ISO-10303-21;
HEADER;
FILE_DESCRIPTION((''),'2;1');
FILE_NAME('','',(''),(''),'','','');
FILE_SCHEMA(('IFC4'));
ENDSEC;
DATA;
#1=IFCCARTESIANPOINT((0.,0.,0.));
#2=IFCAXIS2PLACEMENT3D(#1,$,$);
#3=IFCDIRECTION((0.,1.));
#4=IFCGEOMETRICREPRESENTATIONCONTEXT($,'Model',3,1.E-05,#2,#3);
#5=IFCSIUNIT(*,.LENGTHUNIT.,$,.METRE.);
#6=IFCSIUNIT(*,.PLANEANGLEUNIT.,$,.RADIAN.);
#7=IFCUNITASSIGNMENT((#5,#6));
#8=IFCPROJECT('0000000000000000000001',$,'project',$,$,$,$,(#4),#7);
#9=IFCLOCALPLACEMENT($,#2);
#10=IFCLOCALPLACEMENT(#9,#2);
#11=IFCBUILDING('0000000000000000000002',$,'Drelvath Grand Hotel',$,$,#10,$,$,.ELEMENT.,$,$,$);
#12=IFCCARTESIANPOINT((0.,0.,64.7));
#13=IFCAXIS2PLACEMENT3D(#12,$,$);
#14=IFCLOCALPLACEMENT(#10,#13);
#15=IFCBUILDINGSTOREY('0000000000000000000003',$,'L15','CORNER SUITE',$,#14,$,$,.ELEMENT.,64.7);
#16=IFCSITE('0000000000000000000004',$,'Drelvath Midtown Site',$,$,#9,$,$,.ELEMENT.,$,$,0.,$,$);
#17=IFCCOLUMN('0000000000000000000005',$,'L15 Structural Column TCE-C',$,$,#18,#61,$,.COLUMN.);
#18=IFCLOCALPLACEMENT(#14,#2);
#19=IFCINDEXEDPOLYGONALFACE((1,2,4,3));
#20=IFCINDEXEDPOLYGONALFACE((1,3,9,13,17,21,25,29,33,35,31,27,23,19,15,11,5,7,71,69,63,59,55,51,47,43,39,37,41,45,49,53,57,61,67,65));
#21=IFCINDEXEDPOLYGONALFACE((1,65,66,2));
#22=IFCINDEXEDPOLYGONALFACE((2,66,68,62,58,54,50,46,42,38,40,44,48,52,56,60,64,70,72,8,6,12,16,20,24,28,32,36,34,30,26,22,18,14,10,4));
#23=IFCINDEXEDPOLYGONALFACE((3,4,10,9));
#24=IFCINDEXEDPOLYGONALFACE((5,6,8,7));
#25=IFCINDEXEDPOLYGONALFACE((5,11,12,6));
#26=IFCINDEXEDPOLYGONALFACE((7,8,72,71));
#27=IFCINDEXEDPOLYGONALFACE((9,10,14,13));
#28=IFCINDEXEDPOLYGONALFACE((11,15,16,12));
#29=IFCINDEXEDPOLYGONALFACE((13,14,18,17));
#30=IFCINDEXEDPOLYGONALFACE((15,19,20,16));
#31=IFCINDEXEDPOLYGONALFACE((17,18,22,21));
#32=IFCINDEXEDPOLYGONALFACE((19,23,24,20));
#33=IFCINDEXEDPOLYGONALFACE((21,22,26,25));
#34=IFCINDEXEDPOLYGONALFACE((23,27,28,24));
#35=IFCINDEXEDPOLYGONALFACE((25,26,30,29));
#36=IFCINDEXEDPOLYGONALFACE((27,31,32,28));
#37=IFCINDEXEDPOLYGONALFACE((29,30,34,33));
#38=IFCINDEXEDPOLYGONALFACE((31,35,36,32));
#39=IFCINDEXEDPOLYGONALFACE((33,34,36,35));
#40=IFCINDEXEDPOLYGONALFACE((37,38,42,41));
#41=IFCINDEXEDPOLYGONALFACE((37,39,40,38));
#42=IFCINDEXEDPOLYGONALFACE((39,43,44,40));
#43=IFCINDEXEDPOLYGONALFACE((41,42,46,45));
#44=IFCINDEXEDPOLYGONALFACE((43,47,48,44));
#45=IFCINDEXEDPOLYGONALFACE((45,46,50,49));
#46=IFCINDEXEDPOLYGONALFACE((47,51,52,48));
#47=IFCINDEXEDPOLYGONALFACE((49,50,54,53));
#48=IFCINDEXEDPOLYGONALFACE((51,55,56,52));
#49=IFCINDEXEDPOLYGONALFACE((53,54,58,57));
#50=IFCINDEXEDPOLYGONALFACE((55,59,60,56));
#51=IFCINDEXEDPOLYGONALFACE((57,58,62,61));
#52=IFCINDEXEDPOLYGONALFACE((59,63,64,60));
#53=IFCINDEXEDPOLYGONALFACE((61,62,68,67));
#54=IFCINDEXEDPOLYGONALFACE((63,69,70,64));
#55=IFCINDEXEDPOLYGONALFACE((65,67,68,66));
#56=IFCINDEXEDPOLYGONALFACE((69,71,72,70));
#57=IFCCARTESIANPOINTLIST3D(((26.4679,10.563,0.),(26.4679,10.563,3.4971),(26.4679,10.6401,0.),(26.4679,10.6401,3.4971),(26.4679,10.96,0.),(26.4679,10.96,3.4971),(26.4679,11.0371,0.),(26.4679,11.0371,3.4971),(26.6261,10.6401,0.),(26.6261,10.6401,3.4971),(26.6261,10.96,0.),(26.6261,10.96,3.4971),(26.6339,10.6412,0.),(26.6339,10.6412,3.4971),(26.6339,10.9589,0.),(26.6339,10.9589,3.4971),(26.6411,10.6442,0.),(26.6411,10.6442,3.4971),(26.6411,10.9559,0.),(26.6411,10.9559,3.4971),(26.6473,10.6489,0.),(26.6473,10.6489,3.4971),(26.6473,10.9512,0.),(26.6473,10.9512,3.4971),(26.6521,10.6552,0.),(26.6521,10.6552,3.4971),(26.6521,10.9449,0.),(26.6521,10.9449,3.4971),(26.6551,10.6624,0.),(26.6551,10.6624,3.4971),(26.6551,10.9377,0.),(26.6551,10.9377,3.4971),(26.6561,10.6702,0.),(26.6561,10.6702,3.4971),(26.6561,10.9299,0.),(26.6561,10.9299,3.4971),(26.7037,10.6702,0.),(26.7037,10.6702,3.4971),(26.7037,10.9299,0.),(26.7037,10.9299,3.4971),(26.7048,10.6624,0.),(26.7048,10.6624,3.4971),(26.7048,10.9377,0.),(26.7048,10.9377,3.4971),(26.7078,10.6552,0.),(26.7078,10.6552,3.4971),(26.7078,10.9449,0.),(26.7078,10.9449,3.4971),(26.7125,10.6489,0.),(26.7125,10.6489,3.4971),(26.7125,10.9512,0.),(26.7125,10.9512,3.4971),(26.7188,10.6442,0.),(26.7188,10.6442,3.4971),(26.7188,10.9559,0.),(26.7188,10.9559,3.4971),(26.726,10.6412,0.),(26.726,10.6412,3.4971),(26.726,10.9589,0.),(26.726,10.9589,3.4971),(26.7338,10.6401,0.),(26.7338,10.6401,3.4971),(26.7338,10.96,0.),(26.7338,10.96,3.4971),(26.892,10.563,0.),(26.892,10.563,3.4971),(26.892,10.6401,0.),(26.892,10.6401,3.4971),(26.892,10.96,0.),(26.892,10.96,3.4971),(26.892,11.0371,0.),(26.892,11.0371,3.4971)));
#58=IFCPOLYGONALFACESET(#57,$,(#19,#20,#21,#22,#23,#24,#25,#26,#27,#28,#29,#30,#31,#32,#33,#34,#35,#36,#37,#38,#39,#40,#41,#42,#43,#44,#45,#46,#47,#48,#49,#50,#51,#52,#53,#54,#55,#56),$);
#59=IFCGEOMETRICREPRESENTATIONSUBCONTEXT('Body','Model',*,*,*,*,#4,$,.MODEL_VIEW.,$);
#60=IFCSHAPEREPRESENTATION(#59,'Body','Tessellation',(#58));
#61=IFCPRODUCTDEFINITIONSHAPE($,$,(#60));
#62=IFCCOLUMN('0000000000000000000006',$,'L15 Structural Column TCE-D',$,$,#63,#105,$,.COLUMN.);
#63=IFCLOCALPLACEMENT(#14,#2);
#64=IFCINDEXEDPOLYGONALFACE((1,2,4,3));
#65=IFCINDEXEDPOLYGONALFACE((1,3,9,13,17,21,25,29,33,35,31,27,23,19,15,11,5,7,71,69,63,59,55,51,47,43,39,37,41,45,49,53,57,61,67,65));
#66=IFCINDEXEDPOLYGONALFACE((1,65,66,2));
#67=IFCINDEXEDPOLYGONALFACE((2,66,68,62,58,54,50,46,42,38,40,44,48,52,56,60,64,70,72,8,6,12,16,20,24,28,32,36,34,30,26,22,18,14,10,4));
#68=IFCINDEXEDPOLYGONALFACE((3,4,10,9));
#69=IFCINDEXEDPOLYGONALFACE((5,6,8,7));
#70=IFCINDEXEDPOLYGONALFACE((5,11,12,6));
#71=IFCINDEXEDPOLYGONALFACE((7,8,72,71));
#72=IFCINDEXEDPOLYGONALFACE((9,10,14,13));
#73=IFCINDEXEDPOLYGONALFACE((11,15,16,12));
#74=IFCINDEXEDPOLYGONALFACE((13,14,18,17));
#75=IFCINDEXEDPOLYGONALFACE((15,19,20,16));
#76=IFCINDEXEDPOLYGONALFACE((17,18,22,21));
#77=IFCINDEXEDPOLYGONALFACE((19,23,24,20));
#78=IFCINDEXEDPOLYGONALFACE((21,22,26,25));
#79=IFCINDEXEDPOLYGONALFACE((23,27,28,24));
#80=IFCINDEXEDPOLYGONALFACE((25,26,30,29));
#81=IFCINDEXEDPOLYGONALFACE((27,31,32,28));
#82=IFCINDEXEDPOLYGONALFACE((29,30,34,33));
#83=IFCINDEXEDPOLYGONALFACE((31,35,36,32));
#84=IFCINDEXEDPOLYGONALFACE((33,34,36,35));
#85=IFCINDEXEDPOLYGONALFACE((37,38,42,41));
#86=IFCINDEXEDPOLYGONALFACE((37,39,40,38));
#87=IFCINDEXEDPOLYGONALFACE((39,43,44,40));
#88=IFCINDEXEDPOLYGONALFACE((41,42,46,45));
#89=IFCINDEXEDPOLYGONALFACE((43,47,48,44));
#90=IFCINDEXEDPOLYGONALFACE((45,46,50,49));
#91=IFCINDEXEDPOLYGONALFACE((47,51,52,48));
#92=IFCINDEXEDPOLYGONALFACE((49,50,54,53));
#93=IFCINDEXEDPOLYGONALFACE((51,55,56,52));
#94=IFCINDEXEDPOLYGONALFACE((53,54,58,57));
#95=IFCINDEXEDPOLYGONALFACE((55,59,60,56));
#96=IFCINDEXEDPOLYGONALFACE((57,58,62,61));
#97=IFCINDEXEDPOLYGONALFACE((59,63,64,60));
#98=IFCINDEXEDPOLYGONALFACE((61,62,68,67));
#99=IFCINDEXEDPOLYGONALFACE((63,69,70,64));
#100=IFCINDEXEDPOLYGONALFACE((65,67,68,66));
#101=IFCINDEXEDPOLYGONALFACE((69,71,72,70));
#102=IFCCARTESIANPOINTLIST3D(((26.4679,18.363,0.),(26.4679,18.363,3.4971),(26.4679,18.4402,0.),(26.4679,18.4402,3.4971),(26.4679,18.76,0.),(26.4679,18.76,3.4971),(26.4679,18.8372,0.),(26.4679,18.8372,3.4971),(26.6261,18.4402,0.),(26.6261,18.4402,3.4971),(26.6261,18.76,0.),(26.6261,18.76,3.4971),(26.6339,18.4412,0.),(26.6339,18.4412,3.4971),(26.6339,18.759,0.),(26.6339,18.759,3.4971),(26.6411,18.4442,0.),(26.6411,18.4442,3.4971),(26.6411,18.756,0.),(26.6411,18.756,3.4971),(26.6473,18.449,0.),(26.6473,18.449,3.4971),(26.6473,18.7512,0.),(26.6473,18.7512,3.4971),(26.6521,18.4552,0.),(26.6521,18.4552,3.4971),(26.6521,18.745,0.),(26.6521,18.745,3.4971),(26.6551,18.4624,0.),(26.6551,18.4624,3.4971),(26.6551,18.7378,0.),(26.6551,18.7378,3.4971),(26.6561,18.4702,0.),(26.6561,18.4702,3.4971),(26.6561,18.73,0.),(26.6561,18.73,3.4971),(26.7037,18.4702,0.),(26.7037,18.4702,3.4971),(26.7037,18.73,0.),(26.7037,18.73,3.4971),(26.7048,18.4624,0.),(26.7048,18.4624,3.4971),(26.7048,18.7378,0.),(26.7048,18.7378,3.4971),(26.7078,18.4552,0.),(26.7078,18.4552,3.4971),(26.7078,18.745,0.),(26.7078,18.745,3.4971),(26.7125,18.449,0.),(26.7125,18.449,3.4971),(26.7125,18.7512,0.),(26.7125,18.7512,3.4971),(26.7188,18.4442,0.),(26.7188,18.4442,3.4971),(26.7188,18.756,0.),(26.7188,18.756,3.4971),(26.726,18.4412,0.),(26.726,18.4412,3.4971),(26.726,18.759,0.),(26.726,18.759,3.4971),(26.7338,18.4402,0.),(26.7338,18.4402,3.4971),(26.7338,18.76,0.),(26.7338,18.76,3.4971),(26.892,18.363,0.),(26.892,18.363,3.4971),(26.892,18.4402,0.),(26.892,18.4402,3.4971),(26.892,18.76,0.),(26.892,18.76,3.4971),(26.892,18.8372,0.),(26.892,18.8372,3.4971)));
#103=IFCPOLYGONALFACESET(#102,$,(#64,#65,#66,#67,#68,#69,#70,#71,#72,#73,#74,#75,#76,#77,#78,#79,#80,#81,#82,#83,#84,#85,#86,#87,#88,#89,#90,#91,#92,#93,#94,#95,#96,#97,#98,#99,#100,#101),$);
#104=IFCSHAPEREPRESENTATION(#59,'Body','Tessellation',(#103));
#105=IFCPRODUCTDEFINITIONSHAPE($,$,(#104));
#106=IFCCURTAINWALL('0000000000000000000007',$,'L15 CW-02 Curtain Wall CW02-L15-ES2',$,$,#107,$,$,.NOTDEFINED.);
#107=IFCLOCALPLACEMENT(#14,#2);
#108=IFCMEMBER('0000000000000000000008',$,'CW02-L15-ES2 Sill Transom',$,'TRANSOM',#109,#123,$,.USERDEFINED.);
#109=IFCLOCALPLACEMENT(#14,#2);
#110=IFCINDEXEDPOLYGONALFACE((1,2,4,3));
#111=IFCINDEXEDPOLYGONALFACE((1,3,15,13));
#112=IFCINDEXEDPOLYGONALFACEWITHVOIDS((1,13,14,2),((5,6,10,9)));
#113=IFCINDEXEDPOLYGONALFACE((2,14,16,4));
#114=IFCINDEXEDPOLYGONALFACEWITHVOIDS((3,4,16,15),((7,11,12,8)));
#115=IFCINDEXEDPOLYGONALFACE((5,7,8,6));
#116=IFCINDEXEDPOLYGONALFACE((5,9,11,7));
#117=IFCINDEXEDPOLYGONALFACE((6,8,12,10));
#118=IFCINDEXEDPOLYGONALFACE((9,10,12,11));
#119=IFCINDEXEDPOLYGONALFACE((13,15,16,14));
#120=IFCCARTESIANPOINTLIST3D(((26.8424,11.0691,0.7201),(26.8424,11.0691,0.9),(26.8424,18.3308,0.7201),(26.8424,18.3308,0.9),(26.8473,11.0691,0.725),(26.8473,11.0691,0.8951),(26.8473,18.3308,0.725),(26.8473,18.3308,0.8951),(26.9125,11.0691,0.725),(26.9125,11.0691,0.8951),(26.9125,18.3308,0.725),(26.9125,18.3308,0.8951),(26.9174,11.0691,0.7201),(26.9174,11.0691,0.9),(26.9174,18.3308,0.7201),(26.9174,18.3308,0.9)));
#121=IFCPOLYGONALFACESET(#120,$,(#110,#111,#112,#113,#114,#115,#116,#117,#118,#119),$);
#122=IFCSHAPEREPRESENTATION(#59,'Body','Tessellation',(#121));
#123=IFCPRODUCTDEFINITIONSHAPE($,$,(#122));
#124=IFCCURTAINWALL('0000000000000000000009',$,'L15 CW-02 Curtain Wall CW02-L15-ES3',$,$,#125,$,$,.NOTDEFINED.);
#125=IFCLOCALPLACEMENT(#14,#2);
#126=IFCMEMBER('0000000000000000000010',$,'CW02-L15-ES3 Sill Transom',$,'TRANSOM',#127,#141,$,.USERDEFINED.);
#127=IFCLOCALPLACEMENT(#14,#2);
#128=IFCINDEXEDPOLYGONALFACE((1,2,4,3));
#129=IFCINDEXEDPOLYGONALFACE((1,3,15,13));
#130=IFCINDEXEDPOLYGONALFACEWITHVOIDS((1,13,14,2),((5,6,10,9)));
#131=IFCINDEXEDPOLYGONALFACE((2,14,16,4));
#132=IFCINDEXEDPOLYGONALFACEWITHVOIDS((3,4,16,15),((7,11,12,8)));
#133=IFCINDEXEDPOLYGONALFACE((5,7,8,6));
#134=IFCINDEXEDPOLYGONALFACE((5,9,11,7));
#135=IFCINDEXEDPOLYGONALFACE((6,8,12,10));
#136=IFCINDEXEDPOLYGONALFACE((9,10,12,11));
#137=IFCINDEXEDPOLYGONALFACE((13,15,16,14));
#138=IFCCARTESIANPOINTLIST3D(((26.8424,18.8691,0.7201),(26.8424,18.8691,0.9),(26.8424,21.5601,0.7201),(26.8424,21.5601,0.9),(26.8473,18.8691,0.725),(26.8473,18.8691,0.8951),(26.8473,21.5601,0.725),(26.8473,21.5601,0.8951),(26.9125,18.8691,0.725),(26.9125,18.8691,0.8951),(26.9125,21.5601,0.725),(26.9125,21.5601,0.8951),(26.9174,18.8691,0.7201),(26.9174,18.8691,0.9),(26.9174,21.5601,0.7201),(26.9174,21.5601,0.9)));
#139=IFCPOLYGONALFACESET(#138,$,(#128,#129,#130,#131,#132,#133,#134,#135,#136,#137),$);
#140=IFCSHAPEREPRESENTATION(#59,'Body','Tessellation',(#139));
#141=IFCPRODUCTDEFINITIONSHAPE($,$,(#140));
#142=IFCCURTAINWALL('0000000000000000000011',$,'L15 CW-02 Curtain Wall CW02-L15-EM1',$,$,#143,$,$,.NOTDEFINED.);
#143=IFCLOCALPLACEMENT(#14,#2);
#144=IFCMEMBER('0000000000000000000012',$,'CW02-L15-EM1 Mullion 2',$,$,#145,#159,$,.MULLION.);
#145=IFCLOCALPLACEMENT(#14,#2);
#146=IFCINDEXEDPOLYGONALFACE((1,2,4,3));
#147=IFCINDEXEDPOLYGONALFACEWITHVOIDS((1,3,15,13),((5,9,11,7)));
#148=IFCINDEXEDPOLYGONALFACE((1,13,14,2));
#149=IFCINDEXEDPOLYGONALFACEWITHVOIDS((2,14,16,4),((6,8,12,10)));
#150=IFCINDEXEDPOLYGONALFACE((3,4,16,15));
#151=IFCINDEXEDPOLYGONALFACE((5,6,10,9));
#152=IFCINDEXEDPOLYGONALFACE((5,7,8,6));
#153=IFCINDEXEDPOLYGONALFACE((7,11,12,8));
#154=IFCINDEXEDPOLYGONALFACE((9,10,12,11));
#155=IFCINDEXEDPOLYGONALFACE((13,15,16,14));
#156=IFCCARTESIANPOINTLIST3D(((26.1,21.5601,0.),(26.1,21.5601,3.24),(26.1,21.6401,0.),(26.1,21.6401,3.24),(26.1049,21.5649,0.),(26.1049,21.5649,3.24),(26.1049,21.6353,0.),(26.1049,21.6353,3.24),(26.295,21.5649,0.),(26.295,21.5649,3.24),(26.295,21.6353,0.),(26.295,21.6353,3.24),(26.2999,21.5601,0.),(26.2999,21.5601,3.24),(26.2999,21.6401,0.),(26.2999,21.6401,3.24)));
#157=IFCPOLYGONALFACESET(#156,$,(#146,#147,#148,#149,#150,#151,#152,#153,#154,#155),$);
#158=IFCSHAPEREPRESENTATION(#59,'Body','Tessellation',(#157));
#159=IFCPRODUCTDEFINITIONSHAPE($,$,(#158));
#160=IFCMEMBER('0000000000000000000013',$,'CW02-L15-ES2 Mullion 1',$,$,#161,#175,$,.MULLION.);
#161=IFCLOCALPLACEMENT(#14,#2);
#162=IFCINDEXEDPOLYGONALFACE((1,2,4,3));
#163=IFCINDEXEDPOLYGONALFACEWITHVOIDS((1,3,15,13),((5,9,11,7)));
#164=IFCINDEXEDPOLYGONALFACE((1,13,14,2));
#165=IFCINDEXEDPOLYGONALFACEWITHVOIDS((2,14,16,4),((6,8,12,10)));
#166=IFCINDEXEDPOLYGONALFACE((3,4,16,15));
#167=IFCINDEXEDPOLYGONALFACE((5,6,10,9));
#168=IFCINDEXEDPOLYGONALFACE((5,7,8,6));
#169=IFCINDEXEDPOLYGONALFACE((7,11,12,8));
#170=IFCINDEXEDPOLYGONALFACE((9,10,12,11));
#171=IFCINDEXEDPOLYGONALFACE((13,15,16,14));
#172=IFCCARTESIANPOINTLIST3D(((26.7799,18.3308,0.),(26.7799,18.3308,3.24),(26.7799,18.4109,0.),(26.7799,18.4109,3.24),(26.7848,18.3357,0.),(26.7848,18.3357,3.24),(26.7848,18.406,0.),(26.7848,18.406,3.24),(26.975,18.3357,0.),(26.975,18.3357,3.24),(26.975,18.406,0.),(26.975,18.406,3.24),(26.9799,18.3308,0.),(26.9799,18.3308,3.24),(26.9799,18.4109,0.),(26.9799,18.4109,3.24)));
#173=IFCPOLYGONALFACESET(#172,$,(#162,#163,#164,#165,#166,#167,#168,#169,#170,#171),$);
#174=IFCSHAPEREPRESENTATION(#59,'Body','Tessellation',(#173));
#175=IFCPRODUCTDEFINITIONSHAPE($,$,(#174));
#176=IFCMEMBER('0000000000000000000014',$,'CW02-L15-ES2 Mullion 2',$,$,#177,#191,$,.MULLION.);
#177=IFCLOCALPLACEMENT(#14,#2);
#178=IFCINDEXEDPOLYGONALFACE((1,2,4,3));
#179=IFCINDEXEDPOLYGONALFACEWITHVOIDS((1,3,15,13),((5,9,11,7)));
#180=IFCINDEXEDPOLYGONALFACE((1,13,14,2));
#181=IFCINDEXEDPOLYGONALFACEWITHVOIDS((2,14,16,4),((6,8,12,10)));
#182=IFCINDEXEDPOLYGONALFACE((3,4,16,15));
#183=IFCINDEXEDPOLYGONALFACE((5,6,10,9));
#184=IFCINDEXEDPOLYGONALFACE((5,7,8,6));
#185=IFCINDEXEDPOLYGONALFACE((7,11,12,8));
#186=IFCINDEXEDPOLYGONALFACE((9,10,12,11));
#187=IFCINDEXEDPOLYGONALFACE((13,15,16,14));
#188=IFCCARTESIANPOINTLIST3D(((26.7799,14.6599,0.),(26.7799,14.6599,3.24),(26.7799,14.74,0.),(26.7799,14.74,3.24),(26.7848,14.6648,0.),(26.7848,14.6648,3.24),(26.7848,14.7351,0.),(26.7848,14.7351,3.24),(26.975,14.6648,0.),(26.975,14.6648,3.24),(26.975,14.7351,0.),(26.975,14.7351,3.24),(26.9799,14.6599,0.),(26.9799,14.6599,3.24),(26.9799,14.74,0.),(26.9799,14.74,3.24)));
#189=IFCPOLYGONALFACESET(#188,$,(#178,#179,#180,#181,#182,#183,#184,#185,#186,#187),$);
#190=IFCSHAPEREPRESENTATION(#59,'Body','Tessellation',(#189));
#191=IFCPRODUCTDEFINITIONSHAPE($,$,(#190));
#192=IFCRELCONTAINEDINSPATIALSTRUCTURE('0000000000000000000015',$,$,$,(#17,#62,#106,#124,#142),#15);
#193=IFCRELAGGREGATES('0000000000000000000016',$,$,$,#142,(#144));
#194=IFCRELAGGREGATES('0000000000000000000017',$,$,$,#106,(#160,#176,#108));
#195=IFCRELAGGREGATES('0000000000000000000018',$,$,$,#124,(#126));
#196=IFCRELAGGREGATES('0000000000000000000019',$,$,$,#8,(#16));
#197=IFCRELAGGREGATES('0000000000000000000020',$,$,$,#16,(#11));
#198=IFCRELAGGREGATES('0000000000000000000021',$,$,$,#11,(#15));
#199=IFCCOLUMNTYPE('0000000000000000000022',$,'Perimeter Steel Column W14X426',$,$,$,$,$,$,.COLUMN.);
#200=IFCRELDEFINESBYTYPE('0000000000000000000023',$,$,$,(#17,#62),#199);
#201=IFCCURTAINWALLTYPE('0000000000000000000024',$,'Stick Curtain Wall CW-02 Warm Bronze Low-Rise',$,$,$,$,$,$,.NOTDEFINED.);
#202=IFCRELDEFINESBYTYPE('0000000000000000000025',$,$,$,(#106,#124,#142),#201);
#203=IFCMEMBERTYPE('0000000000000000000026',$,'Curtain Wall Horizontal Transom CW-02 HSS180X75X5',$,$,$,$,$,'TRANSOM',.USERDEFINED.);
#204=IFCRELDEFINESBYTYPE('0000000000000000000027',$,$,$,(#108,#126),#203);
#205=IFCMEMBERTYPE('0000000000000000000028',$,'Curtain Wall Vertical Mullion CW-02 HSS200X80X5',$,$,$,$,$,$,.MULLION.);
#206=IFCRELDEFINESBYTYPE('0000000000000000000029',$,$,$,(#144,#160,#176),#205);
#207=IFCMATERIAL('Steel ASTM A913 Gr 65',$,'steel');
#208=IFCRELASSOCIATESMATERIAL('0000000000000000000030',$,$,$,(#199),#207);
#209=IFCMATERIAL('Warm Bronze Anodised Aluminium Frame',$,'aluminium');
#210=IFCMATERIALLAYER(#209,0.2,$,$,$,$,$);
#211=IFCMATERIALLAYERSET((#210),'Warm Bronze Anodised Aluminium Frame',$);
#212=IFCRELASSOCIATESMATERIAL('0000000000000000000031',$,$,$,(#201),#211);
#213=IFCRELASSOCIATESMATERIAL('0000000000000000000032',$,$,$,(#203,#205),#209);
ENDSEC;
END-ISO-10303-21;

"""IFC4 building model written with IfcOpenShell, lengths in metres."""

from ifc_helpers import new_model, si_unit, direction, frame, origin, origin_2d, place, context, subcontext, project, spatial, hollow_rectangle, i_section, extrude, material, layer, layer_set, material_profile, profile_set, type_object, element, aggregate, save


model = new_model("IFC4")

# Units and contexts
model_context = context("Model", 3, precision=1e-05, world=origin(), true_north=direction((0.0, 1.0)))
body_context = subcontext(model_context, "Body", "Model", "MODEL_VIEW")
ifc_project = project(units=[si_unit("LENGTHUNIT", "METRE"), si_unit("PLANEANGLEUNIT", "RADIAN")], contexts=[model_context])

# Site, building, storey
site_placement = place(None, origin())
site = spatial("IfcSite", under=ifc_project, at=site_placement, Name="Drelvath Midtown Site", CompositionType="ELEMENT", RefElevation=0.0)
building_placement = place(site_placement, origin())
building = spatial("IfcBuilding", under=site, at=building_placement, Name="Drelvath Grand Hotel", CompositionType="ELEMENT")
storey_placement = place(building_placement, frame((0.0, 0.0, 64.7)))
storey = spatial("IfcBuildingStorey", under=building, at=storey_placement, Name="L15", Description="CORNER SUITE", CompositionType="ELEMENT", Elevation=64.7)

# Columns
ifc_material_1 = material(Name="Steel ASTM A913 Gr 65", Category="steel")
ifc_material_profile_1 = material_profile(ifc_material_1, i_section(OverallWidth=0.4241, OverallDepth=0.4741, WebThickness=0.0476, FlangeThickness=0.0771, FilletRadius=0.03, at=origin_2d()), Name="W14X426")
ifc_profile_set_1 = profile_set([ifc_material_profile_1], Name="Steel ASTM A913 Gr 65")
column_type = type_object("IfcColumnType", Name="Perimeter Steel Column W14X426", PredefinedType="COLUMN", material=ifc_profile_set_1)
for number, where, z_axis, x_axis, name in (
    (1, (26.6799, 10.8, 0.0), (0.0, 0.0, 1.0), (1.0, 0.0, 0.0), "L15 Structural Column TCE-C"),
    (2, (26.6799, 18.6001, 0.0), (0.0, 0.0, 1.0), (1.0, 0.0, 0.0), "L15 Structural Column TCE-D"),
):
    element("IfcColumn", number, at=place(storey_placement, frame(where, z_axis=z_axis, x_axis=x_axis)), inside=storey, type_object=column_type, Name=name, PredefinedType="COLUMN", context=body_context, shape_type="SweptSolid", body=[
        extrude(i_section(OverallWidth=0.4241, OverallDepth=0.4741, WebThickness=0.0476, FlangeThickness=0.0771, FilletRadius=0.03, at=origin_2d()), origin(), (0.0, 0.0, 1.0), 3.4971),
    ])

# Curtain walls, members
ifc_material_2 = material(Name="Warm Bronze Anodised Aluminium Frame", Category="aluminium")
ifc_layer_1 = layer(ifc_material_2, 0.2)
ifc_layer_set_1 = layer_set([ifc_layer_1], Name="Warm Bronze Anodised Aluminium Frame")
curtain_wall_type = type_object("IfcCurtainWallType", Name="Stick Curtain Wall CW-02 Warm Bronze Low-Rise", PredefinedType="NOTDEFINED", material=ifc_layer_set_1)
curtain_wall_1_placement = place(storey_placement, origin())
curtain_wall_1 = element("IfcCurtainWall", 3, at=curtain_wall_1_placement, inside=storey, type_object=curtain_wall_type, Name="L15 CW-02 Curtain Wall CW02-L15-ES2", PredefinedType="NOTDEFINED")
ifc_material_profile_2 = material_profile(ifc_material_2, hollow_rectangle(XDim=0.075, YDim=0.1799, WallThickness=0.0049, at=origin_2d()), Name="HSS180X75X5")
ifc_profile_set_2 = profile_set([ifc_material_profile_2], Name="Warm Bronze Anodised Aluminium Frame")
member_type_1 = type_object("IfcMemberType", Name="Curtain Wall Horizontal Transom CW-02 HSS180X75X5", ElementType="TRANSOM", PredefinedType="USERDEFINED", material=ifc_profile_set_2)
member_1_placement = place(storey_placement, frame((26.8799, 18.3308, 0.8101), z_axis=(0.0, -1.0, 0.0), x_axis=(1.0, 0.0, 0.0)))
member_1 = element("IfcMember", 4, at=member_1_placement, type_object=member_type_1, Name="CW02-L15-ES2 Sill Transom", ObjectType="TRANSOM", PredefinedType="USERDEFINED", context=body_context, shape_type="SweptSolid", body=[
    extrude(hollow_rectangle(XDim=0.075, YDim=0.1799, WallThickness=0.0049, at=origin_2d()), origin(), (0.0, 0.0, 1.0), 7.2617),
])
curtain_wall_2_placement = place(storey_placement, origin())
curtain_wall_2 = element("IfcCurtainWall", 5, at=curtain_wall_2_placement, inside=storey, type_object=curtain_wall_type, Name="L15 CW-02 Curtain Wall CW02-L15-ES3", PredefinedType="NOTDEFINED")
member_2_placement = place(storey_placement, frame((26.8799, 21.5601, 0.8101), z_axis=(0.0, -1.0, 0.0), x_axis=(1.0, 0.0, 0.0)))
member_2 = element("IfcMember", 6, at=member_2_placement, type_object=member_type_1, Name="CW02-L15-ES3 Sill Transom", ObjectType="TRANSOM", PredefinedType="USERDEFINED", context=body_context, shape_type="SweptSolid", body=[
    extrude(hollow_rectangle(XDim=0.075, YDim=0.1799, WallThickness=0.0049, at=origin_2d()), origin(), (0.0, 0.0, 1.0), 2.6909),
])
curtain_wall_3_placement = place(storey_placement, origin())
curtain_wall_3 = element("IfcCurtainWall", 7, at=curtain_wall_3_placement, inside=storey, type_object=curtain_wall_type, Name="L15 CW-02 Curtain Wall CW02-L15-EM1", PredefinedType="NOTDEFINED")
ifc_material_profile_3 = material_profile(ifc_material_2, hollow_rectangle(XDim=0.0801, YDim=0.2, WallThickness=0.0049, at=origin_2d()), Name="HSS200X80X5")
ifc_profile_set_3 = profile_set([ifc_material_profile_3], Name="Warm Bronze Anodised Aluminium Frame")
member_type_2 = type_object("IfcMemberType", Name="Curtain Wall Vertical Mullion CW-02 HSS200X80X5", PredefinedType="MULLION", material=ifc_profile_set_3)
member_3_placement = place(storey_placement, frame((26.2, 21.6001, 0.0), z_axis=(0.0, 0.0, 1.0), x_axis=(0.0, 1.0, 0.0)))
member_3 = element("IfcMember", 8, at=member_3_placement, type_object=member_type_2, Name="CW02-L15-EM1 Mullion 2", PredefinedType="MULLION", context=body_context, shape_type="SweptSolid", body=[
    extrude(hollow_rectangle(XDim=0.0801, YDim=0.2, WallThickness=0.0049, at=origin_2d()), origin(), (0.0, 0.0, 1.0), 3.24),
])

# Members
member_4_placement = place(storey_placement, frame((26.8799, 18.3708, 0.0), z_axis=(0.0, 0.0, 1.0), x_axis=(0.0, 1.0, 0.0)))
member_4 = element("IfcMember", 9, at=member_4_placement, type_object=member_type_2, Name="CW02-L15-ES2 Mullion 1", PredefinedType="MULLION", context=body_context, shape_type="SweptSolid", body=[
    extrude(hollow_rectangle(XDim=0.0801, YDim=0.2, WallThickness=0.0049, at=origin_2d()), origin(), (0.0, 0.0, 1.0), 3.24),
])
member_5_placement = place(storey_placement, frame((26.8799, 14.7, 0.0), z_axis=(0.0, 0.0, 1.0), x_axis=(0.0, 1.0, 0.0)))
member_5 = element("IfcMember", 10, at=member_5_placement, type_object=member_type_2, Name="CW02-L15-ES2 Mullion 2", PredefinedType="MULLION", context=body_context, shape_type="SweptSolid", body=[
    extrude(hollow_rectangle(XDim=0.0801, YDim=0.2, WallThickness=0.0049, at=origin_2d()), origin(), (0.0, 0.0, 1.0), 3.24),
])

aggregate(curtain_wall_3, [member_3])
aggregate(curtain_wall_1, [member_4, member_5, member_1])
aggregate(curtain_wall_2, [member_2])

save(model, "model.ifc")
